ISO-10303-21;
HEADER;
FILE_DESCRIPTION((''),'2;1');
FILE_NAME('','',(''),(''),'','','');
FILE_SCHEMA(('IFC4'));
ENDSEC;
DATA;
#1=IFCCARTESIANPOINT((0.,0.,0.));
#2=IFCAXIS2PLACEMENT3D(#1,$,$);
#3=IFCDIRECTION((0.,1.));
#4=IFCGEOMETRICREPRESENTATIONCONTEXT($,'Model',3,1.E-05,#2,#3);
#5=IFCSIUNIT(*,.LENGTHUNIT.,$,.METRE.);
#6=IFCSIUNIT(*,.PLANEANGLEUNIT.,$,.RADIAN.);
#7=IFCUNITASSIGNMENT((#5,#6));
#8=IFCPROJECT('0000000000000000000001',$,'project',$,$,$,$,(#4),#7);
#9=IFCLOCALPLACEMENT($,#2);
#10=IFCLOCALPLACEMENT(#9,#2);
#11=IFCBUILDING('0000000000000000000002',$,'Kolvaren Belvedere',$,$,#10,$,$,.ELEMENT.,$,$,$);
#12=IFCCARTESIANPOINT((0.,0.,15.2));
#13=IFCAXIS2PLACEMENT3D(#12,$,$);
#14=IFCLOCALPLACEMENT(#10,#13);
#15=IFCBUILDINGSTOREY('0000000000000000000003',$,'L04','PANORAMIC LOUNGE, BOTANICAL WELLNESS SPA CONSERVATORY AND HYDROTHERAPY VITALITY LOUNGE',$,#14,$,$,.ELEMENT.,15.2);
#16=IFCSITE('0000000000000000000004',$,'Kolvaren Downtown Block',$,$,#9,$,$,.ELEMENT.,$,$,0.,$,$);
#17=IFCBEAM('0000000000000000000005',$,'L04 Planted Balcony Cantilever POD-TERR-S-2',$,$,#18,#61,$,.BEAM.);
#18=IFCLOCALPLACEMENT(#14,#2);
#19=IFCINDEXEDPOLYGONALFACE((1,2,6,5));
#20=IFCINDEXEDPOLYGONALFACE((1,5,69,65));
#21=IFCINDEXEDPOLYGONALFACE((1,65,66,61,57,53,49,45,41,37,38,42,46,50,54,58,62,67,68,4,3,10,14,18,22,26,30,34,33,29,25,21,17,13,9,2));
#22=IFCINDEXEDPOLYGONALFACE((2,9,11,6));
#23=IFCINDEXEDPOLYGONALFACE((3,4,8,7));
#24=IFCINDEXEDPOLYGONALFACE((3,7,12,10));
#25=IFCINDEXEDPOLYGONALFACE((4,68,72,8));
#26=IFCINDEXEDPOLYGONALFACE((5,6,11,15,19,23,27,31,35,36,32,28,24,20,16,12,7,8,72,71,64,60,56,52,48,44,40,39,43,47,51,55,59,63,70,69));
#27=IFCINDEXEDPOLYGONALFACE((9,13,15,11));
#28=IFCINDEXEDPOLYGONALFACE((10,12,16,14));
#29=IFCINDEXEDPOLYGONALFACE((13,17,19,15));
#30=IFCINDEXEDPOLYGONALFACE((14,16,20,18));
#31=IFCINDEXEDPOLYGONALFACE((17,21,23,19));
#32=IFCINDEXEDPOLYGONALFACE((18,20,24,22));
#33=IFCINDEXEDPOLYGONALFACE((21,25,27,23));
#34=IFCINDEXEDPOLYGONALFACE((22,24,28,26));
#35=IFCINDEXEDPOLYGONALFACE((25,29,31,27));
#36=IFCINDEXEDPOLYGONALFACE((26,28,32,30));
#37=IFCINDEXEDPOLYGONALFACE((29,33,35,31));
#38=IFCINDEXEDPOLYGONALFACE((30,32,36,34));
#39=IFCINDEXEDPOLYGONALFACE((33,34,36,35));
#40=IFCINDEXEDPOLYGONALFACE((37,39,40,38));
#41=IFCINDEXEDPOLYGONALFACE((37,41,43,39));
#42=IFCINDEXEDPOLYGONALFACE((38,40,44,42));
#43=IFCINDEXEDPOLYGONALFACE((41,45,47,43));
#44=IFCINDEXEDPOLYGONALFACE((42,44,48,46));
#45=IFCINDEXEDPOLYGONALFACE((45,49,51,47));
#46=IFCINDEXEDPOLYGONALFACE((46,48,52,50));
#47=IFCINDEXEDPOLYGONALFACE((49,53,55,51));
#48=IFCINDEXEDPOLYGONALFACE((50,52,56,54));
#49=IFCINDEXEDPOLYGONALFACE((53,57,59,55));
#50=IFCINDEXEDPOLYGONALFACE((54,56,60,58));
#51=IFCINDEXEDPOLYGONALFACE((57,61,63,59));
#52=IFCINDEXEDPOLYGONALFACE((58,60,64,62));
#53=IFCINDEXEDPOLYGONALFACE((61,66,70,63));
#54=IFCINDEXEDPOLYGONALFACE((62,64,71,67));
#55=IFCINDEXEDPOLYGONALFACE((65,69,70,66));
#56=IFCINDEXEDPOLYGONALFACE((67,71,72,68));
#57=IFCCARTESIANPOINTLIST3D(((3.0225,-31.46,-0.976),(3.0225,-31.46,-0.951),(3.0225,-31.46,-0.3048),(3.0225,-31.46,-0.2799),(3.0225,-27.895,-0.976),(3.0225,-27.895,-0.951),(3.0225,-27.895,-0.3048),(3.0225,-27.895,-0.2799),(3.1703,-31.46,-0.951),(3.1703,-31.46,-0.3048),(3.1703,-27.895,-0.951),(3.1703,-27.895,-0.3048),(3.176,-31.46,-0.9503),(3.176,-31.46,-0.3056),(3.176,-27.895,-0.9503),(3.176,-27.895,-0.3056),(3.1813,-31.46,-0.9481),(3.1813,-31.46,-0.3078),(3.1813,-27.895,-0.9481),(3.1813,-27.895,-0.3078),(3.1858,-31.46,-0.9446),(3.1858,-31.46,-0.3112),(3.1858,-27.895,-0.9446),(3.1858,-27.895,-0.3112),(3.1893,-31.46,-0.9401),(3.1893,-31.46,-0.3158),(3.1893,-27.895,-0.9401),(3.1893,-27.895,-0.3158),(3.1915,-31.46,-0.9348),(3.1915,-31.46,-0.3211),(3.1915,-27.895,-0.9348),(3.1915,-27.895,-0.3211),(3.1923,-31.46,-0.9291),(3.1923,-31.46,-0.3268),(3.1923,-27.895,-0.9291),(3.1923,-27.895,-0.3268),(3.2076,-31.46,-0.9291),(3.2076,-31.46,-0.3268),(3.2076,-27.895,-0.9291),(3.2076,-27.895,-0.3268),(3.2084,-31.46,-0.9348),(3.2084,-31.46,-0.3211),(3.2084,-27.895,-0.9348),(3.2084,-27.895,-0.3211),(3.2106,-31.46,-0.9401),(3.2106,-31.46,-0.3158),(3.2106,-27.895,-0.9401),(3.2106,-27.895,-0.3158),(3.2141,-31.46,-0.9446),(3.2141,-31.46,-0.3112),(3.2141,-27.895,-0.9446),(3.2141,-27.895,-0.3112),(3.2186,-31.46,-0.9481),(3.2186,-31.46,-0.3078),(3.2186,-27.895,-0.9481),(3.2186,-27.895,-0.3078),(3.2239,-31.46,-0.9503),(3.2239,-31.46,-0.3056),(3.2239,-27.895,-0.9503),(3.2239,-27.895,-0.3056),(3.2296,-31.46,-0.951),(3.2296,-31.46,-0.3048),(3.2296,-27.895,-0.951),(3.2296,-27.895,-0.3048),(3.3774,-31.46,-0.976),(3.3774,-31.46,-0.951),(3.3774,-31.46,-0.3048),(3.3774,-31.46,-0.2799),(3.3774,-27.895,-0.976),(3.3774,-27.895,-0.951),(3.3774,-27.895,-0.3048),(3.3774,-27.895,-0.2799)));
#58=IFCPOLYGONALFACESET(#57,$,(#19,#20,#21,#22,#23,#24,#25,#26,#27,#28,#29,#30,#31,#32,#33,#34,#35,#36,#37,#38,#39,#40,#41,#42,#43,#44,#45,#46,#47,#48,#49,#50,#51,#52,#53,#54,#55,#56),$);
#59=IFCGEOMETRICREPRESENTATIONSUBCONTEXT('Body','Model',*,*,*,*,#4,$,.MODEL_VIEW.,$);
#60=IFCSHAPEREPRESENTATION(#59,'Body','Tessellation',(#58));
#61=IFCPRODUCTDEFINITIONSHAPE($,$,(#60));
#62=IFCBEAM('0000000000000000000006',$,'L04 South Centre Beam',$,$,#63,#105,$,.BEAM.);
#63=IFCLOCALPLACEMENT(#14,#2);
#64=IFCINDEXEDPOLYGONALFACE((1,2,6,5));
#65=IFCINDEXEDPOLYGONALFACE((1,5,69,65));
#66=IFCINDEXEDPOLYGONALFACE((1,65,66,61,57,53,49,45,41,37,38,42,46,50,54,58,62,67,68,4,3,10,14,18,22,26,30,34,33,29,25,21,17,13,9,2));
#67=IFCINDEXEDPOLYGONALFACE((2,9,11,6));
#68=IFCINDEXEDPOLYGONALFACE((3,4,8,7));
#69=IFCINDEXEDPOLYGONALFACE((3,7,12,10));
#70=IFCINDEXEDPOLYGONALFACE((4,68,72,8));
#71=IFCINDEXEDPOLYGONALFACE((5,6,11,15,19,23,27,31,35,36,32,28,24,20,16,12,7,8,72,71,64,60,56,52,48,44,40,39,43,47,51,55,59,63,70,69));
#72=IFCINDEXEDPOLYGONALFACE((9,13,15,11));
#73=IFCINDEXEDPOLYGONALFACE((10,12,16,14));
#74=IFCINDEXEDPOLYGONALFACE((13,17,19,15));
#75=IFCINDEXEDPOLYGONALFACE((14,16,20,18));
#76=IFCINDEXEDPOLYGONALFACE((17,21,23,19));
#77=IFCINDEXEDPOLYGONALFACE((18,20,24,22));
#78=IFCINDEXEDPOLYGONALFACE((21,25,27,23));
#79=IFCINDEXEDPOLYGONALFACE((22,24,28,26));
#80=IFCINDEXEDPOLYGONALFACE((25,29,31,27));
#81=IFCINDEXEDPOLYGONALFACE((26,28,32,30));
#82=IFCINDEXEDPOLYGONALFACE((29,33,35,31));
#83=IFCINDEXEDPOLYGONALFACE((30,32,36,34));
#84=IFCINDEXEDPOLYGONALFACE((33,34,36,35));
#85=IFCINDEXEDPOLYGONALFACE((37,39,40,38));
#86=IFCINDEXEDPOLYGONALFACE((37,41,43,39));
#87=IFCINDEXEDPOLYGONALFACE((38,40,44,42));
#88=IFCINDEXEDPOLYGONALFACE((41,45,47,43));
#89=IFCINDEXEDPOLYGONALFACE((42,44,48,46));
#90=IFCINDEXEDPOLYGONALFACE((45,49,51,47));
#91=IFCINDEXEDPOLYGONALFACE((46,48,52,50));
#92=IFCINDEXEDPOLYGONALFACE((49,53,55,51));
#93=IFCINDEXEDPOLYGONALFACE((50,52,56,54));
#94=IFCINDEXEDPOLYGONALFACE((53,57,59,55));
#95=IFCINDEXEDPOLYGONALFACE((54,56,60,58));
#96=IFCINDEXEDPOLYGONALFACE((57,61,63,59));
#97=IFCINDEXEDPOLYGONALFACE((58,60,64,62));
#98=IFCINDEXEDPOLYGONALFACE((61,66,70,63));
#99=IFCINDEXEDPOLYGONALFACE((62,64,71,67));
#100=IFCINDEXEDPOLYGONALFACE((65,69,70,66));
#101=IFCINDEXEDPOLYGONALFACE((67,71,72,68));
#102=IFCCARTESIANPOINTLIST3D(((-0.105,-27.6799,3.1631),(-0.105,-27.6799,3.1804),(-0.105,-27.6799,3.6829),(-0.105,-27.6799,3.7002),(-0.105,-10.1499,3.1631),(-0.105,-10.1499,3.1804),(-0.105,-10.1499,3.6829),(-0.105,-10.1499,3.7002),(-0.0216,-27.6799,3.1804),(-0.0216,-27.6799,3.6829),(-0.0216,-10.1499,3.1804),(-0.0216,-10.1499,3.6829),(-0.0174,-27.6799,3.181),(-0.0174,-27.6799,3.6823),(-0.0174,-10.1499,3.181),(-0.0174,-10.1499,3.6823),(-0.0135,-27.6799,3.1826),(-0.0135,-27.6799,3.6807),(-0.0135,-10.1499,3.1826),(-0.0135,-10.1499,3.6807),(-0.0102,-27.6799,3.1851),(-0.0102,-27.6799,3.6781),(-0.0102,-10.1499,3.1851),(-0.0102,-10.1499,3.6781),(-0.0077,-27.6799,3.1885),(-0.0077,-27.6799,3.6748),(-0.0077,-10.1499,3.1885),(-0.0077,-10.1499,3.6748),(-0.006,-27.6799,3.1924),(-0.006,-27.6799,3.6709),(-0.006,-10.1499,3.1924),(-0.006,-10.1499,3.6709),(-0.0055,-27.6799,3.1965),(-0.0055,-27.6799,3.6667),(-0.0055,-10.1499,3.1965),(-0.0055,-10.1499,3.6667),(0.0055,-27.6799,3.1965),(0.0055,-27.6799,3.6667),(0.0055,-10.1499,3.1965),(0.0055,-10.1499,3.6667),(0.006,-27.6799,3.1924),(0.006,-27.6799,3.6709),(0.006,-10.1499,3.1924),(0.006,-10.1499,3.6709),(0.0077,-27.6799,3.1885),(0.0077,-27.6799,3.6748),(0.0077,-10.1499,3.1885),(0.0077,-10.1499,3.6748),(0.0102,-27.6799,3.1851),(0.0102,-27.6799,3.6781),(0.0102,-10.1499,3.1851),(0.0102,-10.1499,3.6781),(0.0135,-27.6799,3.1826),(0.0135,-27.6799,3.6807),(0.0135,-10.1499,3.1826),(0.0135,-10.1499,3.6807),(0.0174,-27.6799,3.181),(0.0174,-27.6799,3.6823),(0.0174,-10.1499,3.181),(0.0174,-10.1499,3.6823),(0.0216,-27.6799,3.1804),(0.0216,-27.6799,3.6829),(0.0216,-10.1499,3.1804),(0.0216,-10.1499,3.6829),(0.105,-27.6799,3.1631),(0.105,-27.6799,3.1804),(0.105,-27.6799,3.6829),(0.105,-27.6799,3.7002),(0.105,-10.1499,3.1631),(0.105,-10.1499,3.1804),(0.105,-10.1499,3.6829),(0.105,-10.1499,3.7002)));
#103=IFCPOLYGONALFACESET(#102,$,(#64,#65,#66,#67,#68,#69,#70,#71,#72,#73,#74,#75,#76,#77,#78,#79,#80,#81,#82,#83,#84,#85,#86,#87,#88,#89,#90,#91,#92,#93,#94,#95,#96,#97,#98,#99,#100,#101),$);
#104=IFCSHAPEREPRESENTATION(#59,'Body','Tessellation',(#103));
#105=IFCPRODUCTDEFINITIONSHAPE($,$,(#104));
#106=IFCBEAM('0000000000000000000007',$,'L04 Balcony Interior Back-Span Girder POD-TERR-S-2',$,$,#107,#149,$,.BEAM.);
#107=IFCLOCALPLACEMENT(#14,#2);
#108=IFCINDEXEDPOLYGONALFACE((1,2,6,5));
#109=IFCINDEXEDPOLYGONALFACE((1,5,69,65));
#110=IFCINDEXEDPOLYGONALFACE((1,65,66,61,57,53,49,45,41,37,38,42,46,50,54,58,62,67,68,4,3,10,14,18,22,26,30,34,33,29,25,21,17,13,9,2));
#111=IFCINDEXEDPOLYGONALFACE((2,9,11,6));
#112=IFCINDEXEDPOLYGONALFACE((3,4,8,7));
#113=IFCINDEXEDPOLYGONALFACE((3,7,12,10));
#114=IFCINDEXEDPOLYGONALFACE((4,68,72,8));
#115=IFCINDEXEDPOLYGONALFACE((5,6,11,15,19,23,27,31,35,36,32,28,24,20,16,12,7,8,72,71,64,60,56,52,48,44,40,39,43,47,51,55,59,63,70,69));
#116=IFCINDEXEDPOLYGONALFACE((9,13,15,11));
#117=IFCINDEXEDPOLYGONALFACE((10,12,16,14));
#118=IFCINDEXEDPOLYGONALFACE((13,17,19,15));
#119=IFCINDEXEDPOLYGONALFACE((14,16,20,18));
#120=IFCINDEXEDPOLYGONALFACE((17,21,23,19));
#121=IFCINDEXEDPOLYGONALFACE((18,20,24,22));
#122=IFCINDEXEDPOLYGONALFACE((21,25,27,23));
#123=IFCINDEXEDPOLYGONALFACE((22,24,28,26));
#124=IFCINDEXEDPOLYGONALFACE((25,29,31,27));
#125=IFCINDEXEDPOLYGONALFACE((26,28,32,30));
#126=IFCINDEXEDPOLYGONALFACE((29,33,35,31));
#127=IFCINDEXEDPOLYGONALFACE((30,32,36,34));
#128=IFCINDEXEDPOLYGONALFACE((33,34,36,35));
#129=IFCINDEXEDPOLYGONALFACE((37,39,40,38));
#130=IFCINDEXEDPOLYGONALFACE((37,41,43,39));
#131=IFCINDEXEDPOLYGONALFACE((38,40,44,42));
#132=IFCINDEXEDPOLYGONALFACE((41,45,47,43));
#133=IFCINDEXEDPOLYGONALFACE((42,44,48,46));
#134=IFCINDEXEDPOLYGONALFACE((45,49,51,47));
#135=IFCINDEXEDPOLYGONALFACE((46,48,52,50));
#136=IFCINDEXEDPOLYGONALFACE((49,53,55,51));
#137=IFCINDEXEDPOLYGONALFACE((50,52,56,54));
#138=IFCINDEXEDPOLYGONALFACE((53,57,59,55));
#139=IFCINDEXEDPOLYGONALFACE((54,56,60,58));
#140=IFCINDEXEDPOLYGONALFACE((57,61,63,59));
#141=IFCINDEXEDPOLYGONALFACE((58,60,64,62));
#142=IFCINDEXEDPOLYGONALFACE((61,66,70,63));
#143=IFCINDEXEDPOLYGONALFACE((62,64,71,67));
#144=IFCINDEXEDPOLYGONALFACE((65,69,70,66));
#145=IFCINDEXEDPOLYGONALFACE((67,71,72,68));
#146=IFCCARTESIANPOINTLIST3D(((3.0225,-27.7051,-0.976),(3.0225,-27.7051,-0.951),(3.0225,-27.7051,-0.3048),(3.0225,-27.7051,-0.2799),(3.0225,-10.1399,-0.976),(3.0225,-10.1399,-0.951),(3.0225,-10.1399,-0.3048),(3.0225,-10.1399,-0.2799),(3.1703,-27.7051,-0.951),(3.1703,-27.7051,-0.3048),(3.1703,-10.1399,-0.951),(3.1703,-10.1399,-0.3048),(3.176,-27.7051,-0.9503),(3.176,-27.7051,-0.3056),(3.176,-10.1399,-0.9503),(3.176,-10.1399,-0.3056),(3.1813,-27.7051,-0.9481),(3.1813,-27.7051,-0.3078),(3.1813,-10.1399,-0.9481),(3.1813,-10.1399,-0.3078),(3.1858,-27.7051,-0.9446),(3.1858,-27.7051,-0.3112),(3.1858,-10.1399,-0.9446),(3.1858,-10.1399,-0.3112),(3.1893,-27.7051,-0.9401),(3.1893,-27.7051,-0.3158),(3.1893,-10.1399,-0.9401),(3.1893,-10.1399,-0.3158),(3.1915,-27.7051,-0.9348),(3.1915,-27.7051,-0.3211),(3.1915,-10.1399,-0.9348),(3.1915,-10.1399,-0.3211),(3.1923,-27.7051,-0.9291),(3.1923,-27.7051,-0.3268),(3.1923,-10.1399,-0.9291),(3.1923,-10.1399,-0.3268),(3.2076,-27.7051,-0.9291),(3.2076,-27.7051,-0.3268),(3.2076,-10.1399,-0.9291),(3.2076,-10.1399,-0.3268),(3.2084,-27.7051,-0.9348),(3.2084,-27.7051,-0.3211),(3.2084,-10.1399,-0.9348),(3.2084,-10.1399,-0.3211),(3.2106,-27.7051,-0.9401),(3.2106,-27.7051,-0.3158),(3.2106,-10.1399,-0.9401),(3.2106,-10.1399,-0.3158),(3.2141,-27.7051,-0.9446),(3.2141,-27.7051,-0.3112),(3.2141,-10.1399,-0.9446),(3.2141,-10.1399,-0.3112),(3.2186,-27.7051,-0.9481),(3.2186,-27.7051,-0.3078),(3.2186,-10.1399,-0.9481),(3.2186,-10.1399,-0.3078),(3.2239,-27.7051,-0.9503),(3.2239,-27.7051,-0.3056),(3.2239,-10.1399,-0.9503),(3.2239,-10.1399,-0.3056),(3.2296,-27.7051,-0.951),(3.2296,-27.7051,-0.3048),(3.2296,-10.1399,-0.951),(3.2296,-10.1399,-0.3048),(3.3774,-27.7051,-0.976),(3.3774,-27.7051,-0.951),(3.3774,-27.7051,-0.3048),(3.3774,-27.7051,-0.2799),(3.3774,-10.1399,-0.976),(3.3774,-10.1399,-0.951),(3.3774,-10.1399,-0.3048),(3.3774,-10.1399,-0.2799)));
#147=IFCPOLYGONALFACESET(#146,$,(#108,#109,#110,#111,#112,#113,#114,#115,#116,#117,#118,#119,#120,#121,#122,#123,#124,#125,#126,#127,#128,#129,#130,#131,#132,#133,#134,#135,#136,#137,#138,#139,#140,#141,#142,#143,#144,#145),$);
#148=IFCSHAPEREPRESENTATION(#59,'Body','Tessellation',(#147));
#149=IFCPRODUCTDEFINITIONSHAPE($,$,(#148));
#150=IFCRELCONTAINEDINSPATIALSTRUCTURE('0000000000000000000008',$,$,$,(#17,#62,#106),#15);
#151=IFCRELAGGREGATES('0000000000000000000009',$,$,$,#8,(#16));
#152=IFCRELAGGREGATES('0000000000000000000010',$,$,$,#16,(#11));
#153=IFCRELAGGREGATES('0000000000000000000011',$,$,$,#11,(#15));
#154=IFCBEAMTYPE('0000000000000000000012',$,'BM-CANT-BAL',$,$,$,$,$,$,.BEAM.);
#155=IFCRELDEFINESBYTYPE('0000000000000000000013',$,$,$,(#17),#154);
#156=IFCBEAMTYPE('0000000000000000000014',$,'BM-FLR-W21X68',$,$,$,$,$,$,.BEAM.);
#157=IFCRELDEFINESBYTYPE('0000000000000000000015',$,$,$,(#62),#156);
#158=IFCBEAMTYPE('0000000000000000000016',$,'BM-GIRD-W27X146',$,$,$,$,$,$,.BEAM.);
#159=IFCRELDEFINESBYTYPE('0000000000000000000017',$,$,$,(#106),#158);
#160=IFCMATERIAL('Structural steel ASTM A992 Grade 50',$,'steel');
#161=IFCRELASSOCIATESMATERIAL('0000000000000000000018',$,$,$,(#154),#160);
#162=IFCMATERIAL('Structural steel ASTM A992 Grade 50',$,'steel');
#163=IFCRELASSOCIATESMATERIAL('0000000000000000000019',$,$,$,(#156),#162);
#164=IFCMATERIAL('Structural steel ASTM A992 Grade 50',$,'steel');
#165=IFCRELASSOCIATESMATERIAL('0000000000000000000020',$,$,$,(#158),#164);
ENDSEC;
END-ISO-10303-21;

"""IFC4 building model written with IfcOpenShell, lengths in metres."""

from ifc_helpers import new_model, si_unit, direction, frame, origin, origin_2d, place, context, subcontext, project, spatial, i_section, extrude, material, material_profile, profile_set, type_object, element, save


model = new_model("IFC4")

# Units and contexts
model_context = context("Model", 3, precision=1e-05, world=origin(), true_north=direction((0.0, 1.0)))
body_context = subcontext(model_context, "Body", "Model", "MODEL_VIEW")
ifc_project = project(units=[si_unit("LENGTHUNIT", "METRE"), si_unit("PLANEANGLEUNIT", "RADIAN")], contexts=[model_context])

# Site, building, storey
site_placement = place(None, origin())
site = spatial("IfcSite", under=ifc_project, at=site_placement, Name="Kolvaren Downtown Block", CompositionType="ELEMENT", RefElevation=0.0)
building_placement = place(site_placement, origin())
building = spatial("IfcBuilding", under=site, at=building_placement, Name="Kolvaren Belvedere", CompositionType="ELEMENT")
storey_placement = place(building_placement, frame((0.0, 0.0, 15.2)))
storey = spatial("IfcBuildingStorey", under=building, at=storey_placement, Name="L04", Description="PANORAMIC LOUNGE, BOTANICAL WELLNESS SPA CONSERVATORY AND HYDROTHERAPY VITALITY LOUNGE", CompositionType="ELEMENT", Elevation=15.2)

# Beams
ifc_material_1 = material(Name="Structural steel ASTM A992 Grade 50", Category="steel")
ifc_material_profile_1 = material_profile(ifc_material_1, i_section(OverallWidth=0.355, OverallDepth=0.696, WebThickness=0.0154, FlangeThickness=0.0249, FilletRadius=0.022, at=origin_2d()), Name="W27X146")
ifc_profile_set_1 = profile_set([ifc_material_profile_1], Name="Structural steel ASTM A992 Grade 50")
beam_type_1 = type_object("IfcBeamType", Name="BM-CANT-BAL", PredefinedType="BEAM", material=ifc_profile_set_1)
beam_1_placement = place(storey_placement, frame((3.2, -27.895, -0.6279), z_axis=(0.0, -1.0, 0.0), x_axis=(1.0, 0.0, 0.0)))
element("IfcBeam", 1, at=beam_1_placement, inside=storey, type_object=beam_type_1, Name="L04 Planted Balcony Cantilever POD-TERR-S-2", PredefinedType="BEAM", context=body_context, shape_type="SweptSolid", body=[
    extrude(i_section(OverallWidth=0.355, OverallDepth=0.696, WebThickness=0.0154, FlangeThickness=0.0249, FilletRadius=0.022, at=origin_2d()), origin(), (0.0, 0.0, 1.0), 3.5649),
])
ifc_material_2 = material(Name="Structural steel ASTM A992 Grade 50", Category="steel")
ifc_material_profile_2 = material_profile(ifc_material_2, i_section(OverallWidth=0.21, OverallDepth=0.5371, WebThickness=0.011, FlangeThickness=0.0173, FilletRadius=0.0161, at=origin_2d()), Name="W21X68")
ifc_profile_set_2 = profile_set([ifc_material_profile_2], Name="Structural steel ASTM A992 Grade 50")
beam_type_2 = type_object("IfcBeamType", Name="BM-FLR-W21X68", PredefinedType="BEAM", material=ifc_profile_set_2)
beam_2_placement = place(storey_placement, frame((0.0, -10.1499, 3.4316), z_axis=(0.0, -1.0, 0.0), x_axis=(1.0, 0.0, 0.0)))
element("IfcBeam", 2, at=beam_2_placement, inside=storey, type_object=beam_type_2, Name="L04 South Centre Beam", PredefinedType="BEAM", context=body_context, shape_type="SweptSolid", body=[
    extrude(i_section(OverallWidth=0.21, OverallDepth=0.5371, WebThickness=0.011, FlangeThickness=0.0173, FilletRadius=0.0161, at=origin_2d()), origin(), (0.0, 0.0, 1.0), 17.53),
])
ifc_material_3 = material(Name="Structural steel ASTM A992 Grade 50", Category="steel")
ifc_material_profile_3 = material_profile(ifc_material_3, i_section(OverallWidth=0.355, OverallDepth=0.696, WebThickness=0.0154, FlangeThickness=0.0249, FilletRadius=0.022, at=origin_2d()), Name="W27X146")
ifc_profile_set_3 = profile_set([ifc_material_profile_3], Name="Structural steel ASTM A992 Grade 50")
beam_type_3 = type_object("IfcBeamType", Name="BM-GIRD-W27X146", PredefinedType="BEAM", material=ifc_profile_set_3)
beam_3_placement = place(storey_placement, frame((3.2, -10.1399, -0.6279), z_axis=(0.0, -1.0, 0.0), x_axis=(1.0, 0.0, 0.0)))
element("IfcBeam", 3, at=beam_3_placement, inside=storey, type_object=beam_type_3, Name="L04 Balcony Interior Back-Span Girder POD-TERR-S-2", PredefinedType="BEAM", context=body_context, shape_type="SweptSolid", body=[
    extrude(i_section(OverallWidth=0.355, OverallDepth=0.696, WebThickness=0.0154, FlangeThickness=0.0249, FilletRadius=0.022, at=origin_2d()), origin(), (0.0, 0.0, 1.0), 17.5652),
])

save(model, "model.ifc")
